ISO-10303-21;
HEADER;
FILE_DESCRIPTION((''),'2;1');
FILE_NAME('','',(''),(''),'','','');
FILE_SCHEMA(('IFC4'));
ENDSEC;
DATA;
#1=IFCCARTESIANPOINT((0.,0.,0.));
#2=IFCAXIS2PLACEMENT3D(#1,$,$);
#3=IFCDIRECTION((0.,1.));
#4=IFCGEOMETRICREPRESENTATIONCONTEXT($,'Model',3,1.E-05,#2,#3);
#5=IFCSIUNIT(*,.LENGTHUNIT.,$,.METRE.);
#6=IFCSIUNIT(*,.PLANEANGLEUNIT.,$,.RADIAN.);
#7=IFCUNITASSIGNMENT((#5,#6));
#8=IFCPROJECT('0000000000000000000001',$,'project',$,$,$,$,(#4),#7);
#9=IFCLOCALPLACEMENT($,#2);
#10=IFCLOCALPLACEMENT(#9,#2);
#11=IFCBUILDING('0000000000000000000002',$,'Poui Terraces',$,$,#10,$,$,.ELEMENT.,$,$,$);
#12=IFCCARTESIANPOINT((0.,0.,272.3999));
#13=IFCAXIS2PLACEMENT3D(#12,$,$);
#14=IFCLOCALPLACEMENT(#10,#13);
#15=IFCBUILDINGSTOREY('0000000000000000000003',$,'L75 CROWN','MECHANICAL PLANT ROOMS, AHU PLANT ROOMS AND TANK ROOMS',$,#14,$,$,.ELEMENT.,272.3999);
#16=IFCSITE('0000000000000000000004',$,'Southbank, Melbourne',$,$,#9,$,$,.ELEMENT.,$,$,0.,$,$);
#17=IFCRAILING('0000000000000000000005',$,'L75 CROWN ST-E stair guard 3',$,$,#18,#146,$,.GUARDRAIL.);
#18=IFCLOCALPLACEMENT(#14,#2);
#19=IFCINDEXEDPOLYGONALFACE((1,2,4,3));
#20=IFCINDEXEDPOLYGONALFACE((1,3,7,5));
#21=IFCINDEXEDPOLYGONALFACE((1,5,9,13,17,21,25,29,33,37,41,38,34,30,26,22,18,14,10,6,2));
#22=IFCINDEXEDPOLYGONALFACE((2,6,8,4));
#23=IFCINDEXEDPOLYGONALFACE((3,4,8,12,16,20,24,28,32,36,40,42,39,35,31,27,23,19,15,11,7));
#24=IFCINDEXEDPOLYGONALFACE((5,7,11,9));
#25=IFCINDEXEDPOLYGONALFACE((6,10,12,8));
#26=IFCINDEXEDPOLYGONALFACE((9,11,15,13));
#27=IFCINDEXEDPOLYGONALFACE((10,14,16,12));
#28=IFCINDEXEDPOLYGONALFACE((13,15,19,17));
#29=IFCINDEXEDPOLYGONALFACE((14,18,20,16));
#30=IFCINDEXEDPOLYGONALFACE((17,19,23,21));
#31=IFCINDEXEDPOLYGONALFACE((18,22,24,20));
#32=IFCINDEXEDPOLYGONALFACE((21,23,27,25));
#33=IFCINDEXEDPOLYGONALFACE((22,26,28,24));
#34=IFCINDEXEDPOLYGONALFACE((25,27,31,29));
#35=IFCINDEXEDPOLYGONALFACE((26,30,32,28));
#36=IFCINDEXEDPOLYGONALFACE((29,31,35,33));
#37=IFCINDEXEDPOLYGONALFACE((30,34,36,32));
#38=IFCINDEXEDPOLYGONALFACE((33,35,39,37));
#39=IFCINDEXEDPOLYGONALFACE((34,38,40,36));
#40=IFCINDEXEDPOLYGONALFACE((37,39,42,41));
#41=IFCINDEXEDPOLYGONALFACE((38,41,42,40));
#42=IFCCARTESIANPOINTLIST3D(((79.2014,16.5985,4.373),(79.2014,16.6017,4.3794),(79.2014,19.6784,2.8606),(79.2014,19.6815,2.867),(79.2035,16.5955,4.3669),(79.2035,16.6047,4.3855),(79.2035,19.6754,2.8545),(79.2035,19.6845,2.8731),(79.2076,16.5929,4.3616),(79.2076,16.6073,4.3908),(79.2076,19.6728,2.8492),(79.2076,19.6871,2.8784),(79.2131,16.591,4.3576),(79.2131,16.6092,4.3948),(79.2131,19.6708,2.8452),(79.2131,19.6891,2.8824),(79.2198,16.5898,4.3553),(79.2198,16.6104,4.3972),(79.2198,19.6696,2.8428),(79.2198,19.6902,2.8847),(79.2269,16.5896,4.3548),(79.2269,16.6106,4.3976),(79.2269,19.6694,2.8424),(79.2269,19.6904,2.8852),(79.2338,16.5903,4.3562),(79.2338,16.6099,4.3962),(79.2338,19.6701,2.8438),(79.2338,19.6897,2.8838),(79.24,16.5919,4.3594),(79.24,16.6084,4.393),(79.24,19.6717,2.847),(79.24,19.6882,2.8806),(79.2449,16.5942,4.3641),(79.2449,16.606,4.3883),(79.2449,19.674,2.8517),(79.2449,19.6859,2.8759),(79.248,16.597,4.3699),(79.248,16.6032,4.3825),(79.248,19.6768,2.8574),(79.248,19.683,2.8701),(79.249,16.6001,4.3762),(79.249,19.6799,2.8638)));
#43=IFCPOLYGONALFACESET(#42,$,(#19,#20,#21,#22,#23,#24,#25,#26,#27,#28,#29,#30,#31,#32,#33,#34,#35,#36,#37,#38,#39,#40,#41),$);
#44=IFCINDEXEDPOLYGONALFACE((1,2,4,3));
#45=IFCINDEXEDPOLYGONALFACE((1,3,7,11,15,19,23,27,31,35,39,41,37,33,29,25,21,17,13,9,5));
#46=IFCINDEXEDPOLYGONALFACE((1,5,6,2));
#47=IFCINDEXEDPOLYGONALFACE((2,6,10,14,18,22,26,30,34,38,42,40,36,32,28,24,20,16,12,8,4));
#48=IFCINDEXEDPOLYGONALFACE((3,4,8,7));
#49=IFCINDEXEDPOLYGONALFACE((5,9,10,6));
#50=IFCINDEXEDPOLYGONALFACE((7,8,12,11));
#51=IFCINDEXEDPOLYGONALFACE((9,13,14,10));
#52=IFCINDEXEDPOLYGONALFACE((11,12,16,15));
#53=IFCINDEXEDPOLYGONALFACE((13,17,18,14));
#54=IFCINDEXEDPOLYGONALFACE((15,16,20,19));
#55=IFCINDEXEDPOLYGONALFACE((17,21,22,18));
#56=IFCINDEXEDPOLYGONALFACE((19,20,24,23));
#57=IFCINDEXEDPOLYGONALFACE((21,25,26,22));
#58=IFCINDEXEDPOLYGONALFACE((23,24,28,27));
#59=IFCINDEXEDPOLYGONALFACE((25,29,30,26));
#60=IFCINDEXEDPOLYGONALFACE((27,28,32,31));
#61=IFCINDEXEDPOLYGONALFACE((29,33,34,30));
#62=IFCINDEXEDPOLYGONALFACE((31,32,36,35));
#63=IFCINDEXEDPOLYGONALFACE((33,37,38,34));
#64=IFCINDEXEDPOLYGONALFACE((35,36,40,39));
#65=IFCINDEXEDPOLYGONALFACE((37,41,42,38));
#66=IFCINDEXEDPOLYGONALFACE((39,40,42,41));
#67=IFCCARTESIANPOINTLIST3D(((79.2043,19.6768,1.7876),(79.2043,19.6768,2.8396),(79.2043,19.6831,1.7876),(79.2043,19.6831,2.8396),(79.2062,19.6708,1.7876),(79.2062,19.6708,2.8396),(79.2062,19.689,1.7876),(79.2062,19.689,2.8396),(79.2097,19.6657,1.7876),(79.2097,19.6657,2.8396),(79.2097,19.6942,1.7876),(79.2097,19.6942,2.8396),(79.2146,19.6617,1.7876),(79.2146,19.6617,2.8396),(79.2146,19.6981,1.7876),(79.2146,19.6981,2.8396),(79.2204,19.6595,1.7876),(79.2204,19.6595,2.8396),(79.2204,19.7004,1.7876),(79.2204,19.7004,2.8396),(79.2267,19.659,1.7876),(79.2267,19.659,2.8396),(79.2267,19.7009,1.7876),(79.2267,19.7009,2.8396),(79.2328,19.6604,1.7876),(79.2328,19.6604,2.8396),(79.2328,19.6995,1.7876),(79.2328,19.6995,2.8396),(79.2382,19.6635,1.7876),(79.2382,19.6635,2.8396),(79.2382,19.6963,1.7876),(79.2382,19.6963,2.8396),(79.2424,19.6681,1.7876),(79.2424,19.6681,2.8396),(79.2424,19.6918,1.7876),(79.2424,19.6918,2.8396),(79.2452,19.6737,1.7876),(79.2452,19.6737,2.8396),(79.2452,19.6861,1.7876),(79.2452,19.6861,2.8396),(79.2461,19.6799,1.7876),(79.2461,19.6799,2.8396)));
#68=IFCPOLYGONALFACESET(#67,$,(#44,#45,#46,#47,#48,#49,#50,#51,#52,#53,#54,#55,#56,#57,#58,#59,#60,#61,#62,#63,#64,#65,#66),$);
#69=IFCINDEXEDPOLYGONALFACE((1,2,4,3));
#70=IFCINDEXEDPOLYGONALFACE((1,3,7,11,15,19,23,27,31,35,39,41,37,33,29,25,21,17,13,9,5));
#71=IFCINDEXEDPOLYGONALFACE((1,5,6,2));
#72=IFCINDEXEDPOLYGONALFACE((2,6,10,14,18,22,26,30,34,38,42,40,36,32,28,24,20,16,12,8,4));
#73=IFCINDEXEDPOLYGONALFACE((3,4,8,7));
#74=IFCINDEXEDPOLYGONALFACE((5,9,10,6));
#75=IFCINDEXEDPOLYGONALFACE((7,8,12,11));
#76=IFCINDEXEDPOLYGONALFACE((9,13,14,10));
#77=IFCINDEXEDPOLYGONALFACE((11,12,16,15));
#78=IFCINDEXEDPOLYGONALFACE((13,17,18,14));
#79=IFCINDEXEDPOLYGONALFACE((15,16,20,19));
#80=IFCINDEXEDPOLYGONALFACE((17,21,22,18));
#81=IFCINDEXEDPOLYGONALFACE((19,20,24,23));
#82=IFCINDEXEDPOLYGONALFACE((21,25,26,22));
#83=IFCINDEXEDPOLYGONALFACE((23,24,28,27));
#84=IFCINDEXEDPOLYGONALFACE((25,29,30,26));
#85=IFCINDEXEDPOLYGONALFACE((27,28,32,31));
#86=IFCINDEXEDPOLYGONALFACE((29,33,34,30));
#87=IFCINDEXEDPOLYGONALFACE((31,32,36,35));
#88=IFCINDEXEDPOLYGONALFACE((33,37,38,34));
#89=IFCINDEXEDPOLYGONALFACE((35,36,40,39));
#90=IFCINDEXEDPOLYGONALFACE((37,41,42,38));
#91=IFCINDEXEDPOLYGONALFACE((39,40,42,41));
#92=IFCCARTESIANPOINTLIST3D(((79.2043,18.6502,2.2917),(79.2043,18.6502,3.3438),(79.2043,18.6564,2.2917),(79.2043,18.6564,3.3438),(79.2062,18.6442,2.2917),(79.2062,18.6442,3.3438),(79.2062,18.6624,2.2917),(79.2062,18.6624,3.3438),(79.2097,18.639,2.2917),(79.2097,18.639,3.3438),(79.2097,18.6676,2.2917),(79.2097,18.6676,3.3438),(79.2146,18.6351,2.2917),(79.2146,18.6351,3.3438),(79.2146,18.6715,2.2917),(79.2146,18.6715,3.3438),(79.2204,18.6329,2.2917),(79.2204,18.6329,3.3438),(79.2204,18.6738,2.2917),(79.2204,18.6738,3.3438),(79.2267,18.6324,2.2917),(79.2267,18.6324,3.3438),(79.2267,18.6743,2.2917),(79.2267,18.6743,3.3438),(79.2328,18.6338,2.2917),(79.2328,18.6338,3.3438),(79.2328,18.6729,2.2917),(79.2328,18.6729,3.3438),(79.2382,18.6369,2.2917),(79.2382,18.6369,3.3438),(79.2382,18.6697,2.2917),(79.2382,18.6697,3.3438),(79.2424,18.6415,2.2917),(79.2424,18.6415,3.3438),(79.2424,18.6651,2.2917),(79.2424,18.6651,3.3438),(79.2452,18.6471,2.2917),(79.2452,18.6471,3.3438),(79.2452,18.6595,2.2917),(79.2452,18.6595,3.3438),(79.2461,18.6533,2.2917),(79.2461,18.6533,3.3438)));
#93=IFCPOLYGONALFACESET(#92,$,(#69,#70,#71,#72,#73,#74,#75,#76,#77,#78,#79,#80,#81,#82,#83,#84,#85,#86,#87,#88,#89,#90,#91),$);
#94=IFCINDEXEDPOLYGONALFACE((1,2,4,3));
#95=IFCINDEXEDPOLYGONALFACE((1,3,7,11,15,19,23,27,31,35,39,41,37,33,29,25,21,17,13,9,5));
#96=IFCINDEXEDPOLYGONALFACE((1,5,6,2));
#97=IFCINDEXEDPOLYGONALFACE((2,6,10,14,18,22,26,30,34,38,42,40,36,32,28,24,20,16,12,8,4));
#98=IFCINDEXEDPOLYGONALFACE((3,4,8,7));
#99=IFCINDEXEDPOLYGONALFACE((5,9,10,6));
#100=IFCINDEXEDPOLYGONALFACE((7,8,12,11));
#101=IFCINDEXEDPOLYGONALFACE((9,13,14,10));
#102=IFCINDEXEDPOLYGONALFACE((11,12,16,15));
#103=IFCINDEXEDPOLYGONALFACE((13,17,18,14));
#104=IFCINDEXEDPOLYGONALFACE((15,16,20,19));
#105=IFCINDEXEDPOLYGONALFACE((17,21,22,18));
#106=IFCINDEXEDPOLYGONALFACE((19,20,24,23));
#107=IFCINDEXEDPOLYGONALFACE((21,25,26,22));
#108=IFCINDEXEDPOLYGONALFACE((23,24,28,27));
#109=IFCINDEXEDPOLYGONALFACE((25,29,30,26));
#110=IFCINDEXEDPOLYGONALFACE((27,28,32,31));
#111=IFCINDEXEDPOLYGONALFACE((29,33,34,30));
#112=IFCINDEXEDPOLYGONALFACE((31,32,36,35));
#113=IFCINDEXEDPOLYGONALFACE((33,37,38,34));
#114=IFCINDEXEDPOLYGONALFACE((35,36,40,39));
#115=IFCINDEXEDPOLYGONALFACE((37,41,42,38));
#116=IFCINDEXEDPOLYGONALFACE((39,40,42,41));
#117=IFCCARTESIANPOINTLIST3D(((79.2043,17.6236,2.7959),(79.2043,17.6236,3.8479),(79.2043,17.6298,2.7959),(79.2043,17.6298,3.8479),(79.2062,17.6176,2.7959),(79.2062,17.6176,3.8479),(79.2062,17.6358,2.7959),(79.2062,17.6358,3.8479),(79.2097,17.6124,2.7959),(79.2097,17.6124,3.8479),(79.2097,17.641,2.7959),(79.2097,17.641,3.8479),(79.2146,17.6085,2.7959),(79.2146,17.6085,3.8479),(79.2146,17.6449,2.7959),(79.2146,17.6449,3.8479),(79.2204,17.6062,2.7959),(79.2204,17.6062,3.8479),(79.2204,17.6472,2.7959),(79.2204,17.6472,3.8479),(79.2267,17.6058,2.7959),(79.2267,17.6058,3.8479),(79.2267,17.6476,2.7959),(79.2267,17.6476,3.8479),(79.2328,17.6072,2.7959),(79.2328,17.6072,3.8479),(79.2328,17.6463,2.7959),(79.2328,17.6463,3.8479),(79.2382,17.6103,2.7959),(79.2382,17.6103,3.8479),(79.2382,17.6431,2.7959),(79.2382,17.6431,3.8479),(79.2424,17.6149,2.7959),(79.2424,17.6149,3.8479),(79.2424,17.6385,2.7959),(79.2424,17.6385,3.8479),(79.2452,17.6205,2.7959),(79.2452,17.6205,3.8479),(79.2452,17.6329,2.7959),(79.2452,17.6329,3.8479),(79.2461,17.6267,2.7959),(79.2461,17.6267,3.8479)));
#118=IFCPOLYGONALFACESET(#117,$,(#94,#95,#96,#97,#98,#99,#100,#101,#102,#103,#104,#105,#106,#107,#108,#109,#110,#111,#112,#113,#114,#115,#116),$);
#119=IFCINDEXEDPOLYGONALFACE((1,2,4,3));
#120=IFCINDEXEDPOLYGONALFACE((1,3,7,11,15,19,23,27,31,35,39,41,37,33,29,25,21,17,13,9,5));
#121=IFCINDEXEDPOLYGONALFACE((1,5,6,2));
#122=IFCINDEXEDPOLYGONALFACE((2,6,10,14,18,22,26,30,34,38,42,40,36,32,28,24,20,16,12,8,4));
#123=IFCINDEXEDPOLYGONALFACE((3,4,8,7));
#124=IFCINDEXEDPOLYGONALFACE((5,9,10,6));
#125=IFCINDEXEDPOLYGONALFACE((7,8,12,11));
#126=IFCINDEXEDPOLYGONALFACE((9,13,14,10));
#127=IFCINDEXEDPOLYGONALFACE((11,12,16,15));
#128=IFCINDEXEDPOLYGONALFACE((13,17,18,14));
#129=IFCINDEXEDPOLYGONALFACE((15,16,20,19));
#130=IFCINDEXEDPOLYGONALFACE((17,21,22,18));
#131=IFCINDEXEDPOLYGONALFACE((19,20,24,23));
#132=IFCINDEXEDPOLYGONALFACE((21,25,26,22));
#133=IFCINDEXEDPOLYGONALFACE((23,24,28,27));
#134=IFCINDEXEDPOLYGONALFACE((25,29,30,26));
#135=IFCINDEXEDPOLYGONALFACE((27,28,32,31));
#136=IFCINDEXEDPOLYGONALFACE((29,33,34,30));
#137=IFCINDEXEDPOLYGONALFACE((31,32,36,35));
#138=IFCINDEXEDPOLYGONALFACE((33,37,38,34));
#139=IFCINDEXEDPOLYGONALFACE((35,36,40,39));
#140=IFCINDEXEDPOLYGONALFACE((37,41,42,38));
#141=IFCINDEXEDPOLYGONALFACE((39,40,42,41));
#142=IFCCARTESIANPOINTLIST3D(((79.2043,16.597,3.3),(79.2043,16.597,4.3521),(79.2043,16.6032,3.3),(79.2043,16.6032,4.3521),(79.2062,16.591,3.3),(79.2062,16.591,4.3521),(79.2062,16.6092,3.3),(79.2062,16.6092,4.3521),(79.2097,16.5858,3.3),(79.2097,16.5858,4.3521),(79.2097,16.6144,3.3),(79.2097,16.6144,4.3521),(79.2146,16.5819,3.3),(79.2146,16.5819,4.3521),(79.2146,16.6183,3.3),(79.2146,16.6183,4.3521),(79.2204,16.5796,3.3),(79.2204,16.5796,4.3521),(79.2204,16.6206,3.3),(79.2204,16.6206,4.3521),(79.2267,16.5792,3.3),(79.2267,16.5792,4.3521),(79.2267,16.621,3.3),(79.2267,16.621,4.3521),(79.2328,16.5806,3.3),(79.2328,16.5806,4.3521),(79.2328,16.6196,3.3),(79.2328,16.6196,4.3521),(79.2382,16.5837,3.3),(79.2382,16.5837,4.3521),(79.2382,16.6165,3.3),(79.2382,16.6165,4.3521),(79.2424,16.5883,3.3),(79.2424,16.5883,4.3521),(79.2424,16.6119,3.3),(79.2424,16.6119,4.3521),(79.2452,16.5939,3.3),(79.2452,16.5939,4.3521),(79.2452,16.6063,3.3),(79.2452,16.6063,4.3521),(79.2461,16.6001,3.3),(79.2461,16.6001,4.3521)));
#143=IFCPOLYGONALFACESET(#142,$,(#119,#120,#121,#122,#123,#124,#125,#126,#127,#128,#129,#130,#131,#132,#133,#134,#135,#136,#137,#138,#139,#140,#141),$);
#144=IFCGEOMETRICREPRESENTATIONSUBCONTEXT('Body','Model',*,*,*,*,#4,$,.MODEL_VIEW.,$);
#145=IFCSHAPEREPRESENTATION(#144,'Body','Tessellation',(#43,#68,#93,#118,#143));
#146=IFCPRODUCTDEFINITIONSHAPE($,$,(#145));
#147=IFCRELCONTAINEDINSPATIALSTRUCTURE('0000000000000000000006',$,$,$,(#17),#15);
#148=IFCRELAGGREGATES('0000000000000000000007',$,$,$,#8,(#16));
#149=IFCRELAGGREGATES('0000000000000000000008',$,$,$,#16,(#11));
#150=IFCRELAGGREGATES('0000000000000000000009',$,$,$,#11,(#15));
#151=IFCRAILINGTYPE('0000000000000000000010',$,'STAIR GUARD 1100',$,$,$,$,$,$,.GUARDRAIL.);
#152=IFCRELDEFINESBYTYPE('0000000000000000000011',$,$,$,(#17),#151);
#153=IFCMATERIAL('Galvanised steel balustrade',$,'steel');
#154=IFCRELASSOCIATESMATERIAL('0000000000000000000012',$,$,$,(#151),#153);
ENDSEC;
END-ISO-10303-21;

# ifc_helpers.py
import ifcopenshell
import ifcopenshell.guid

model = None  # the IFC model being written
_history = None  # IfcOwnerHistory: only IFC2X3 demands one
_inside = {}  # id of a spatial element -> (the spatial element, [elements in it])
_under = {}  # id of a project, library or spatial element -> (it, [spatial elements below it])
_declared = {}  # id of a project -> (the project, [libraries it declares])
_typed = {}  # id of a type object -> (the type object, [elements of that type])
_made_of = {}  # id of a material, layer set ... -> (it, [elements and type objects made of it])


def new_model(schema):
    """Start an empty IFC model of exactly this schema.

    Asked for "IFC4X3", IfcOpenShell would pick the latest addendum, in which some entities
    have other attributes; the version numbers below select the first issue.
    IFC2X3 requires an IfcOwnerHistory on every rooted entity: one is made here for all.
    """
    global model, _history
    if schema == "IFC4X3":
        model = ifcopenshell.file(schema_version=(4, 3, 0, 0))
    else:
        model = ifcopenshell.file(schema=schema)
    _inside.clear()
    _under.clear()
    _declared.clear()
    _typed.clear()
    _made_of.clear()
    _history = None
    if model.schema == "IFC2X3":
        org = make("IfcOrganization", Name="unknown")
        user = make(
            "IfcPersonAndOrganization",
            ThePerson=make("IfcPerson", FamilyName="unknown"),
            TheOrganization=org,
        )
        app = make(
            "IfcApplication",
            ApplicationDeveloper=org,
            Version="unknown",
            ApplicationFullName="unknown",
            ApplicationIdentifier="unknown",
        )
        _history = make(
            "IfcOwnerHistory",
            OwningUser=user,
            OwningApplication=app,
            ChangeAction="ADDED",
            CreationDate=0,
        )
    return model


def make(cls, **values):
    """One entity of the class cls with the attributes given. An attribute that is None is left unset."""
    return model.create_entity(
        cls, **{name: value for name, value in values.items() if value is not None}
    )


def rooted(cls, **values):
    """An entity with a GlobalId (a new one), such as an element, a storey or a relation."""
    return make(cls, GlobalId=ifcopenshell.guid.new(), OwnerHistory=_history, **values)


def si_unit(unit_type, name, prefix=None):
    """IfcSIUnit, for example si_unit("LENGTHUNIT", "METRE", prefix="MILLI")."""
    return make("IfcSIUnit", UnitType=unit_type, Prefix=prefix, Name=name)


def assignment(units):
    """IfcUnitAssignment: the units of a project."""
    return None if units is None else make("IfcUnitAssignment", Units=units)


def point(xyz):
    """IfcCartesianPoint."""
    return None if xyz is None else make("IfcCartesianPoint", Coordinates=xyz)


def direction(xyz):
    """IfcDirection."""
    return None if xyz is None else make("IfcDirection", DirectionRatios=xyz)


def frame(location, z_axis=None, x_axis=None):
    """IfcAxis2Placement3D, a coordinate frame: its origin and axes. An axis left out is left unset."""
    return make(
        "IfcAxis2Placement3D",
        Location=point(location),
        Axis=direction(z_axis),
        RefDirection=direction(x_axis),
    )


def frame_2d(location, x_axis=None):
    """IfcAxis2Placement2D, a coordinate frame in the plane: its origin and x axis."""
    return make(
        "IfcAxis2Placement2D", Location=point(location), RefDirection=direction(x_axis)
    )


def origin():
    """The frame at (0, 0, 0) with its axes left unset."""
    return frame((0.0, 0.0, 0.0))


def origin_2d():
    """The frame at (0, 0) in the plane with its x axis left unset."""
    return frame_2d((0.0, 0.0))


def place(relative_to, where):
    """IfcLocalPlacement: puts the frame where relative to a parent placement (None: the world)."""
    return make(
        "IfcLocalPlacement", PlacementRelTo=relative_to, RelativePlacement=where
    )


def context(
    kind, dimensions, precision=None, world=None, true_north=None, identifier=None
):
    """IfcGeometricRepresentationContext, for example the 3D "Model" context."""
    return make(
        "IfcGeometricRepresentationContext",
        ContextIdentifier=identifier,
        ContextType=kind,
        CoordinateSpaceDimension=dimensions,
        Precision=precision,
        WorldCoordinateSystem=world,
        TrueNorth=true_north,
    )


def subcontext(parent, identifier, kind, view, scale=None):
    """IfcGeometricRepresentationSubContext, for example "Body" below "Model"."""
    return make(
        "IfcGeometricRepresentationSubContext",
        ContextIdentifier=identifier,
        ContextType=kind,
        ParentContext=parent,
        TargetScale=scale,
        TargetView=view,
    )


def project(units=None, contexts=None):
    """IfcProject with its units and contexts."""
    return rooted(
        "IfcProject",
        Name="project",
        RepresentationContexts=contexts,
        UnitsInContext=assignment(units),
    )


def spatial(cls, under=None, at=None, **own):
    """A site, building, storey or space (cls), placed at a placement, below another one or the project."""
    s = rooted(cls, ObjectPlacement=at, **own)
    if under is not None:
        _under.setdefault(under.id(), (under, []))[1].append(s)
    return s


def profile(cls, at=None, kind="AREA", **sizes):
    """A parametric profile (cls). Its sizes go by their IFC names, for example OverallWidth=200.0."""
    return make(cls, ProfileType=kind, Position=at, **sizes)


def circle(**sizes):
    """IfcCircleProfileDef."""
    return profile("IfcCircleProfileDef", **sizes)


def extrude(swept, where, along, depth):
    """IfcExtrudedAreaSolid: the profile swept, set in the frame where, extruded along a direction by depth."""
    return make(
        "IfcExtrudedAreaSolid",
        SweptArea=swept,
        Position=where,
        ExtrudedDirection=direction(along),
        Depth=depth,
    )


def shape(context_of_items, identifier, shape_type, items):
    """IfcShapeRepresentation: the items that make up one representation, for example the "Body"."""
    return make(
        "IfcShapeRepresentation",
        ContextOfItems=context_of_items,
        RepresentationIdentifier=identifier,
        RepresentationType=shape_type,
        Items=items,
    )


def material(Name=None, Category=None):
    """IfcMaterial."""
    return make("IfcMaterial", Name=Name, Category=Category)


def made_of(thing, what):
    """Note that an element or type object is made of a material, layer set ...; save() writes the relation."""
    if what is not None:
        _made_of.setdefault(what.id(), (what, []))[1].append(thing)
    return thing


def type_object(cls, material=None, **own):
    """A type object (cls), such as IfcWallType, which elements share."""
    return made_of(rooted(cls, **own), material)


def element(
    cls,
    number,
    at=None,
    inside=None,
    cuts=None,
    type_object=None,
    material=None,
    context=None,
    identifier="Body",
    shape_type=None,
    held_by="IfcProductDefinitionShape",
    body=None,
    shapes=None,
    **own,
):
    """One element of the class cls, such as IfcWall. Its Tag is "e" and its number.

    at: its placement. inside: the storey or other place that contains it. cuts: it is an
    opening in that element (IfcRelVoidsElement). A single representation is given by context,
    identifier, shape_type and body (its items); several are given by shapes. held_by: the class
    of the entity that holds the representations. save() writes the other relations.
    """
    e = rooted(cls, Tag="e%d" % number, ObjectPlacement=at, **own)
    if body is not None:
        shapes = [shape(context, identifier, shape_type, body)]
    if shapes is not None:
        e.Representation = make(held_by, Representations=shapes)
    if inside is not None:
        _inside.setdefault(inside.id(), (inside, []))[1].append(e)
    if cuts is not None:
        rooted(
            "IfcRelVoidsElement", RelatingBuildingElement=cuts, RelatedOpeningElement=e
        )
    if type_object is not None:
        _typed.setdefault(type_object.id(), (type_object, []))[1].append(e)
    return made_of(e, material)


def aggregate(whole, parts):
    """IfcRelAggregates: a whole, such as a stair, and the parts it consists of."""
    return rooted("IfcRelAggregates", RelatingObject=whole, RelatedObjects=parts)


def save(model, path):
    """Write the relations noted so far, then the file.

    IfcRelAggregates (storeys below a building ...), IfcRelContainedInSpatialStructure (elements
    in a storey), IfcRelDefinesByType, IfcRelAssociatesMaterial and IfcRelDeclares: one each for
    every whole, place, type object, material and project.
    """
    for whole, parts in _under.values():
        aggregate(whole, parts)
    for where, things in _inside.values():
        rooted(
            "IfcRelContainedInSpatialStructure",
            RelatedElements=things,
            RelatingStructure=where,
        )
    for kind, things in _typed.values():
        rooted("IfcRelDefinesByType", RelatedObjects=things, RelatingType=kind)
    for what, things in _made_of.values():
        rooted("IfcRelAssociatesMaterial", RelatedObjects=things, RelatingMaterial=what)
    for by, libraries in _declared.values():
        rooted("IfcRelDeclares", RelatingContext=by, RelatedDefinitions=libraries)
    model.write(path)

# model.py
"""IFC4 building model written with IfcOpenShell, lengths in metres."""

from ifc_helpers import new_model, si_unit, direction, frame, origin, origin_2d, place, context, subcontext, project, spatial, circle, extrude, material, type_object, element, save


model = new_model("IFC4")

# Units and contexts
model_context = context("Model", 3, precision=1e-05, world=origin(), true_north=direction((0.0, 1.0)))
body_context = subcontext(model_context, "Body", "Model", "MODEL_VIEW")
ifc_project = project(units=[si_unit("LENGTHUNIT", "METRE"), si_unit("PLANEANGLEUNIT", "RADIAN")], contexts=[model_context])

# Site, building, storey
site_placement = place(None, origin())
site = spatial("IfcSite", under=ifc_project, at=site_placement, Name="Southbank, Melbourne", CompositionType="ELEMENT", RefElevation=0.0)
building_placement = place(site_placement, origin())
building = spatial("IfcBuilding", under=site, at=building_placement, Name="Poui Terraces", CompositionType="ELEMENT")
storey_placement = place(building_placement, frame((0.0, 0.0, 272.3999)))
storey = spatial("IfcBuildingStorey", under=building, at=storey_placement, Name="L75 CROWN", Description="MECHANICAL PLANT ROOMS, AHU PLANT ROOMS AND TANK ROOMS", CompositionType="ELEMENT", Elevation=272.3999)

# Railing
ifc_material_1 = material(Name="Galvanised steel balustrade", Category="steel")
railing_type_1 = type_object("IfcRailingType", Name="STAIR GUARD 1100", PredefinedType="GUARDRAIL", material=ifc_material_1)
railing_1_placement = place(storey_placement, frame((79.2251, 19.6799, 1.7876)))
element("IfcRailing", 1, at=railing_1_placement, inside=storey, type_object=railing_type_1, Name="L75 CROWN ST-E stair guard 3", PredefinedType="GUARDRAIL", context=body_context, shape_type="SweptSolid", body=[
    extrude(circle(Radius=0.0239, at=origin_2d()), frame((0.0, 0.0, 1.0762), z_axis=(0.0, -0.897606, 0.440798), x_axis=(1.0, 0.0, 0.0)), (0.0, 0.0, 1.0), 3.4312),
    extrude(circle(Radius=0.021, at=origin_2d()), origin(), (0.0, 0.0, 1.0), 1.052),
    extrude(circle(Radius=0.021, at=origin_2d()), frame((0.0, -1.0266, 0.5042)), (0.0, 0.0, 1.0), 1.052),
    extrude(circle(Radius=0.021, at=origin_2d()), frame((0.0, -2.0532, 1.0083)), (0.0, 0.0, 1.0), 1.052),
    extrude(circle(Radius=0.021, at=origin_2d()), frame((0.0, -3.0798, 1.5125)), (0.0, 0.0, 1.0), 1.052),
])

save(model, "model.ifc")
